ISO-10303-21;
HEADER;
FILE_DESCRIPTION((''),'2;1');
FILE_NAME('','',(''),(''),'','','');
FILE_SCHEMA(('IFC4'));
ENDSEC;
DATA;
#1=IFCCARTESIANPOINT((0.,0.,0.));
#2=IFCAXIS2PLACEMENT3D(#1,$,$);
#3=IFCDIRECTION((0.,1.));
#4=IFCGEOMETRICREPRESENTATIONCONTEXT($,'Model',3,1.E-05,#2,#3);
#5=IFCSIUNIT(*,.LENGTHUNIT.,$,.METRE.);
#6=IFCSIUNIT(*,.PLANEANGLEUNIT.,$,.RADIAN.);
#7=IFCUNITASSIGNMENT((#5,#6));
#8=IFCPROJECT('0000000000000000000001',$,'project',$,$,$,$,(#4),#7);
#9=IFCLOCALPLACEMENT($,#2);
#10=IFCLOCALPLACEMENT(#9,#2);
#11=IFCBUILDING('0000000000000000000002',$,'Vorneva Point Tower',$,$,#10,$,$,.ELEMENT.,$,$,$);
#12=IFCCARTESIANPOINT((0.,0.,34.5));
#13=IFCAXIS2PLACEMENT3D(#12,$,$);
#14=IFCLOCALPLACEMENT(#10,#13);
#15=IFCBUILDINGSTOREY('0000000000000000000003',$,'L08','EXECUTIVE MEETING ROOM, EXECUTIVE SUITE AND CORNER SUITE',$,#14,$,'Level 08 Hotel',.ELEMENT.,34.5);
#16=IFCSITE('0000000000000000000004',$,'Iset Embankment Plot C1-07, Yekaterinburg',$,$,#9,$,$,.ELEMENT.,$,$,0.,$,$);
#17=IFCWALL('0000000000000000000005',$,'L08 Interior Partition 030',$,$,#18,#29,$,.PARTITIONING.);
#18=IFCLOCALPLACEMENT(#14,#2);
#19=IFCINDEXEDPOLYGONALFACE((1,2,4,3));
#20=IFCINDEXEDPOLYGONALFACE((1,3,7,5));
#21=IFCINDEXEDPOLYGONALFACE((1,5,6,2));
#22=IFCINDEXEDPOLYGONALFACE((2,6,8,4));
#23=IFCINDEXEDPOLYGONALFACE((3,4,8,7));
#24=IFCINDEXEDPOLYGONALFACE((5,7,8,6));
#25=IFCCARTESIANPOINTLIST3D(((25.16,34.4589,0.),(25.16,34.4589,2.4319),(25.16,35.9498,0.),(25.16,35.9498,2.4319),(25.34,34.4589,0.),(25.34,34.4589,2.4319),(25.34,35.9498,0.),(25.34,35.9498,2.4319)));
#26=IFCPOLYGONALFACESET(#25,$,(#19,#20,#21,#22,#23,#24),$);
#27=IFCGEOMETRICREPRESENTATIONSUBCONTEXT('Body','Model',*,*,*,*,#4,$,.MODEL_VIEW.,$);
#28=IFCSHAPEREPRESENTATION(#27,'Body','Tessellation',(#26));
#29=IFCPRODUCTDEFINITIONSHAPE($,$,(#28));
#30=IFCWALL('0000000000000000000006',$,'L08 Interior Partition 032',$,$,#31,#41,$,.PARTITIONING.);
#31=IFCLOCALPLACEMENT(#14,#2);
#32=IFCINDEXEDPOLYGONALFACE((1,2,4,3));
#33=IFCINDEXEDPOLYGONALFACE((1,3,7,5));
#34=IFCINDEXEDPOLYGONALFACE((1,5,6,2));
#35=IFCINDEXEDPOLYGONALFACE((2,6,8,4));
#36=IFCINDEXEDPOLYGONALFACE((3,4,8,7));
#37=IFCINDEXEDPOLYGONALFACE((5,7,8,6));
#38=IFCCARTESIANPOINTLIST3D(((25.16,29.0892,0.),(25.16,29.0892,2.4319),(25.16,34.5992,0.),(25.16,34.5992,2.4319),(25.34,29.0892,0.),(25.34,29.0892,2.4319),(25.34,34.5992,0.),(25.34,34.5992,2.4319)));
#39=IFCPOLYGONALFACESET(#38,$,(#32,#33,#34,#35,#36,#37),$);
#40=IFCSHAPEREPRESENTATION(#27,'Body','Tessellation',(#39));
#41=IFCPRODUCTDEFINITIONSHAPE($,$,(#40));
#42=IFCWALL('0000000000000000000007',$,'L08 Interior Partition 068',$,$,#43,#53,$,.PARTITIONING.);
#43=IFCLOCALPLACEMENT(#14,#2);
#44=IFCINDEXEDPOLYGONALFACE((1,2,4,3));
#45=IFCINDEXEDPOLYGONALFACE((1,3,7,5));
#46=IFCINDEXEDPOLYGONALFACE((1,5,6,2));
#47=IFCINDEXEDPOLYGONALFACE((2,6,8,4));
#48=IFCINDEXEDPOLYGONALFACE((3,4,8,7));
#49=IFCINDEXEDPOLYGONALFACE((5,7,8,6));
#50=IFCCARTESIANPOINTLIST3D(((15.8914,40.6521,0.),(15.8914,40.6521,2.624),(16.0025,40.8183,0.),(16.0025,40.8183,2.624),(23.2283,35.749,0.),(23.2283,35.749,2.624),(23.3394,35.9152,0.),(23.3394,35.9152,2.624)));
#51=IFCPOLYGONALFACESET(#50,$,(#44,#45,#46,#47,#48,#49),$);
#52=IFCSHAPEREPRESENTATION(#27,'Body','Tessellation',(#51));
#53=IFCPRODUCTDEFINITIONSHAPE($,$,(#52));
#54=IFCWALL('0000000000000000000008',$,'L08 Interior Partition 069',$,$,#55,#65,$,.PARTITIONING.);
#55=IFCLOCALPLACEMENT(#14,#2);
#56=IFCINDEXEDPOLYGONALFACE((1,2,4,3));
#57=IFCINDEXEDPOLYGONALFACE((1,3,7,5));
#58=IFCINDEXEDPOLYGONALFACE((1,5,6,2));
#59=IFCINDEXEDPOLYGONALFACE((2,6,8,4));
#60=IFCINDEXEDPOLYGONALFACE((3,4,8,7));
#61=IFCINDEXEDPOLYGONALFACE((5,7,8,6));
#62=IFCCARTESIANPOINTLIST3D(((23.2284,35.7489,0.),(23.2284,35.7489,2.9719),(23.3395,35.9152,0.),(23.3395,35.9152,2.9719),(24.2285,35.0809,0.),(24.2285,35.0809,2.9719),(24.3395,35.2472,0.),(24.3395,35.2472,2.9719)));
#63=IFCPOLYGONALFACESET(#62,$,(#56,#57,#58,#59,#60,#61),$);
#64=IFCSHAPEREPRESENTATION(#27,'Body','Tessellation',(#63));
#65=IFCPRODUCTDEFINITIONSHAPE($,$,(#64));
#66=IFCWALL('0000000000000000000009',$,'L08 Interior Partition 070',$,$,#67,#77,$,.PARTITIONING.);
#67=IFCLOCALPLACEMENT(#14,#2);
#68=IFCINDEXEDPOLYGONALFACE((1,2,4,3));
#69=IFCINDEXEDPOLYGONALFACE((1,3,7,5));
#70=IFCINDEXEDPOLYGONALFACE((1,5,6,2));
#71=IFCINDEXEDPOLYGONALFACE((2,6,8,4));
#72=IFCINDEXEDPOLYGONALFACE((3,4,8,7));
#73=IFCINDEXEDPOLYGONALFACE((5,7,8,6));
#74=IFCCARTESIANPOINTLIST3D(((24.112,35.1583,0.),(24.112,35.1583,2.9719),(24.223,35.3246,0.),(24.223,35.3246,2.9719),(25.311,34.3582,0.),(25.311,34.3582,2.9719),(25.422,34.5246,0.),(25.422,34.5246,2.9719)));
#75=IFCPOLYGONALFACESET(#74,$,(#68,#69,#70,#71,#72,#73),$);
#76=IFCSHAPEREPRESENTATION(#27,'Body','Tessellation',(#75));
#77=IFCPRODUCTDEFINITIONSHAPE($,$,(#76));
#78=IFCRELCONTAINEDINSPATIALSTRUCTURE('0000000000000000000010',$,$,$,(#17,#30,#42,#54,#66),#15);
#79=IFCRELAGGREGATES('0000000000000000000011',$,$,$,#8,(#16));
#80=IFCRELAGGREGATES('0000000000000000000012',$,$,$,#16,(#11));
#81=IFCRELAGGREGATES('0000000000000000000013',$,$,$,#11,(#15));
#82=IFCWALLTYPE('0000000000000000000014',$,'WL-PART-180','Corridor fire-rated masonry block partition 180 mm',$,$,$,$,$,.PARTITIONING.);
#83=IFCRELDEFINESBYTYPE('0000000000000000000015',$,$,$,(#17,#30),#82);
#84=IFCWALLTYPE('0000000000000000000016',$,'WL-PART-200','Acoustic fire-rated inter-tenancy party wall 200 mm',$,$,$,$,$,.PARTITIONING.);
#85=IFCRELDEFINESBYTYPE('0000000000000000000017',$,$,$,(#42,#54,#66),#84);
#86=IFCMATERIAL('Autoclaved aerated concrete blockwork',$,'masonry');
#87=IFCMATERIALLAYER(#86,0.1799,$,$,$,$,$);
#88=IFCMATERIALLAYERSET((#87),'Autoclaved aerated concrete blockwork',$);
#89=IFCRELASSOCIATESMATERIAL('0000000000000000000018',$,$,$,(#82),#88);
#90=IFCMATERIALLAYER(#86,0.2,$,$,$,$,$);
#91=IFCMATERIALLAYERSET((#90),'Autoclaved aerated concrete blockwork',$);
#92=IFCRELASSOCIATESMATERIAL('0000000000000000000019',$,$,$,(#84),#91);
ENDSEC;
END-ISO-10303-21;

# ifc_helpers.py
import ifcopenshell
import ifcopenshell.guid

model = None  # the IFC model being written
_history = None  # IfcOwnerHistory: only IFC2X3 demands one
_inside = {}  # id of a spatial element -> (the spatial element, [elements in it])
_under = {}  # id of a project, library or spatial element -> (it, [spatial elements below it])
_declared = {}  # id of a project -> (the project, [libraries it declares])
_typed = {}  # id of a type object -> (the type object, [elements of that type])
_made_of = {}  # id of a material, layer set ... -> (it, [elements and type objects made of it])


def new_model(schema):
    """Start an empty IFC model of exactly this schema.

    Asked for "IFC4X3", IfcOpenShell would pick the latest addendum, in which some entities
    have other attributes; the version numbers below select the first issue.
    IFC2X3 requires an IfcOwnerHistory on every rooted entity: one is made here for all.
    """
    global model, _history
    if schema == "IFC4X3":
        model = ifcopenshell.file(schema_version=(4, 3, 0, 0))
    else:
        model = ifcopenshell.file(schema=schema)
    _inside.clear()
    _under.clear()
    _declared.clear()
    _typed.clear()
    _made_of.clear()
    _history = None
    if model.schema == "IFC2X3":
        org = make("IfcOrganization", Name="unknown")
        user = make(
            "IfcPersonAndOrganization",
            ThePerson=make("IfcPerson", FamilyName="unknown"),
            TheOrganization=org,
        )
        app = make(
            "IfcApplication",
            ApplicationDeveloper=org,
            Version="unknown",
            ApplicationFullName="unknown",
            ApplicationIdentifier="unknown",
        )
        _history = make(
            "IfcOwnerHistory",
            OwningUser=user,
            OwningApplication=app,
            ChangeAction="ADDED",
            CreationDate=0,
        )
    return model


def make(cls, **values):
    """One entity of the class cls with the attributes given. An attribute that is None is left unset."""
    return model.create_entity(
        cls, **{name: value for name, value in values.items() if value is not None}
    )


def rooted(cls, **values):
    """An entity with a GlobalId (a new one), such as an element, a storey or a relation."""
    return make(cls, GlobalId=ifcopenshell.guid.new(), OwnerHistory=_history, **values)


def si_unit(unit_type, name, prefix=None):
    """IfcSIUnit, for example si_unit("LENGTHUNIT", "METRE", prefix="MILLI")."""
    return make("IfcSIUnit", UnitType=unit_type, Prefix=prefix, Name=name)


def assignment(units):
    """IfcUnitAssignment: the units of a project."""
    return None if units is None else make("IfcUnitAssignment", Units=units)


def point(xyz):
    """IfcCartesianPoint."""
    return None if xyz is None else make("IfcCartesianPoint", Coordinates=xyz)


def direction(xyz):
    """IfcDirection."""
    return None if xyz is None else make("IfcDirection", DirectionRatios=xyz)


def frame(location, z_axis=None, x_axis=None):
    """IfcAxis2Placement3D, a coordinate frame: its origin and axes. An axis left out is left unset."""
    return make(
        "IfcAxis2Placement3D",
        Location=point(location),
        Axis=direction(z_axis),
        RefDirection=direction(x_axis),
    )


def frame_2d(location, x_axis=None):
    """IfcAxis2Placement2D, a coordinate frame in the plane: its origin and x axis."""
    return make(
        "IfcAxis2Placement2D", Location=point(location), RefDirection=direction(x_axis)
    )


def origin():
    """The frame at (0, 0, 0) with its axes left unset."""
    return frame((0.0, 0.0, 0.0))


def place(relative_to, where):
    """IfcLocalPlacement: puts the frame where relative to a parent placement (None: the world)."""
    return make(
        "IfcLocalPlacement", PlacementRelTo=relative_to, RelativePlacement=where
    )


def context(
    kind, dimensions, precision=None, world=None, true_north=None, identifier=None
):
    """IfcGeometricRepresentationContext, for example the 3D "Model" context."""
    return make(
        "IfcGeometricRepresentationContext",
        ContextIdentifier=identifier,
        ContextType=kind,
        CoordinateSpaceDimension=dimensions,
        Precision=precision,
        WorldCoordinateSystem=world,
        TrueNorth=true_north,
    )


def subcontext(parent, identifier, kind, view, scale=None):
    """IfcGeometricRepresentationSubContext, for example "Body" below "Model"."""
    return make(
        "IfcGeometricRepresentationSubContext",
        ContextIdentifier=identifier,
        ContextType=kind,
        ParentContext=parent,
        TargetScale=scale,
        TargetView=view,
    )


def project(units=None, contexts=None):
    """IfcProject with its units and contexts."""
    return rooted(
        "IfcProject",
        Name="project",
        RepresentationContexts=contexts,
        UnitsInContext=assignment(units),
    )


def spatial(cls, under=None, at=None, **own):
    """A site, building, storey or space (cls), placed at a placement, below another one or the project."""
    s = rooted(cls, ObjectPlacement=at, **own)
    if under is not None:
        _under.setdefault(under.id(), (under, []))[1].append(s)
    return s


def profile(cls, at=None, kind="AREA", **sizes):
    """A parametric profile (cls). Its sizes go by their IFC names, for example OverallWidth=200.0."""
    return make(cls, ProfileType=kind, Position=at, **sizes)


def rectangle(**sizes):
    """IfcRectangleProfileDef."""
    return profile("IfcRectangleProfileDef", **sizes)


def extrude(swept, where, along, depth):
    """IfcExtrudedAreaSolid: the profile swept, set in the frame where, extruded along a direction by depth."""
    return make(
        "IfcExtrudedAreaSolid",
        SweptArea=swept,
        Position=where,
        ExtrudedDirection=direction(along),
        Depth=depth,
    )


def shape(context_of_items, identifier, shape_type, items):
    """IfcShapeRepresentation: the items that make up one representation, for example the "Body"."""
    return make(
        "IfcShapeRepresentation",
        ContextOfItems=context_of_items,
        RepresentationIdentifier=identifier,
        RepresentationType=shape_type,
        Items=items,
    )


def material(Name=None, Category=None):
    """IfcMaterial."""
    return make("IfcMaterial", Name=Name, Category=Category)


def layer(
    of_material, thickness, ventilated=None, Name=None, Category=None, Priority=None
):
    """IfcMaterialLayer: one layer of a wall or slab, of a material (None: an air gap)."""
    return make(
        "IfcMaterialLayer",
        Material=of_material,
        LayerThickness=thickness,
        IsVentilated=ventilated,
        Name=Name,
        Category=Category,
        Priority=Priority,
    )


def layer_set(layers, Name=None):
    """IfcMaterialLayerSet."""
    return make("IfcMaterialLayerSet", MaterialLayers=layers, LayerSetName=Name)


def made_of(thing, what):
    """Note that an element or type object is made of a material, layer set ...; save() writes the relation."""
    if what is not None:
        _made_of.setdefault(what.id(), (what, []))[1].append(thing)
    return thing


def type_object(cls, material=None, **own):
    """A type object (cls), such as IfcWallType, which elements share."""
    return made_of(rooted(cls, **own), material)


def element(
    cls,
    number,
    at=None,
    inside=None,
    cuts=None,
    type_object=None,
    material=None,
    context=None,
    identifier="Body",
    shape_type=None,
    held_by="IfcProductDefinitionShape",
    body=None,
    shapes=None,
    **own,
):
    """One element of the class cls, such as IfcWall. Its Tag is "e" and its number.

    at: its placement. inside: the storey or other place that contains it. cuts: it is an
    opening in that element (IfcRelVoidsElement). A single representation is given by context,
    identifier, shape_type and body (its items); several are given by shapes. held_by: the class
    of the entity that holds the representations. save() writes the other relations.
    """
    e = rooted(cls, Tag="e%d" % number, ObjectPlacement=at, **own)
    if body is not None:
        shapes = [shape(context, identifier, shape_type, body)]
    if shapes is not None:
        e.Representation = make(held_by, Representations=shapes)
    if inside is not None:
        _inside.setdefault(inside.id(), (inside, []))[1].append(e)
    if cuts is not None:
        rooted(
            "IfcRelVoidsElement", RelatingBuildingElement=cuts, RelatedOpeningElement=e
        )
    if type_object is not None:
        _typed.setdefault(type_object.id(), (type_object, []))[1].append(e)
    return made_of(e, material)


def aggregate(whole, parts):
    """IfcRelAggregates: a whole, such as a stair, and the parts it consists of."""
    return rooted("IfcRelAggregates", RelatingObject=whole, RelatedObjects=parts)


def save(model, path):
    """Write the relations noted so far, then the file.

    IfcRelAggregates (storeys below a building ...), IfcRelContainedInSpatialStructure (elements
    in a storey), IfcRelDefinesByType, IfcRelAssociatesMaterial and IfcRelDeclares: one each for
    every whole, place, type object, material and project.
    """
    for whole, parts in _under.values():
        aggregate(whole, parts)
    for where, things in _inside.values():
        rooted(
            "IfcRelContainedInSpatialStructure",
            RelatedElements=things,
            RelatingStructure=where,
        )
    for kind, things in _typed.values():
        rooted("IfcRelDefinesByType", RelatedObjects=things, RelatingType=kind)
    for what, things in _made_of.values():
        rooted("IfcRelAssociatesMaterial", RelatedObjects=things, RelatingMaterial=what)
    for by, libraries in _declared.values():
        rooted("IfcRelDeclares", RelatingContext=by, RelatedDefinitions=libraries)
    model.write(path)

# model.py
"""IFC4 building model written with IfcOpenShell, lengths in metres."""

from ifc_helpers import new_model, si_unit, direction, frame, frame_2d, origin, place, context, subcontext, project, spatial, rectangle, extrude, material, layer, layer_set, type_object, element, save


model = new_model("IFC4")

# Units and contexts
model_context = context("Model", 3, precision=1e-05, world=origin(), true_north=direction((0.0, 1.0)))
body_context = subcontext(model_context, "Body", "Model", "MODEL_VIEW")
ifc_project = project(units=[si_unit("LENGTHUNIT", "METRE"), si_unit("PLANEANGLEUNIT", "RADIAN")], contexts=[model_context])

# Site, building, storey
site_placement = place(None, origin())
site = spatial("IfcSite", under=ifc_project, at=site_placement, Name="Iset Embankment Plot C1-07, Yekaterinburg", CompositionType="ELEMENT", RefElevation=0.0)
building_placement = place(site_placement, origin())
building = spatial("IfcBuilding", under=site, at=building_placement, Name="Vorneva Point Tower", CompositionType="ELEMENT")
storey_placement = place(building_placement, frame((0.0, 0.0, 34.5)))
storey = spatial("IfcBuildingStorey", under=building, at=storey_placement, Name="L08", Description="EXECUTIVE MEETING ROOM, EXECUTIVE SUITE AND CORNER SUITE", LongName="Level 08 Hotel", CompositionType="ELEMENT", Elevation=34.5)

# Walls
ifc_material_1 = material(Name="Autoclaved aerated concrete blockwork", Category="masonry")
ifc_layer_1 = layer(ifc_material_1, 0.1799)
ifc_layer_set_1 = layer_set([ifc_layer_1], Name="Autoclaved aerated concrete blockwork")
wall_type_1 = type_object("IfcWallType", Name="WL-PART-180", Description="Corridor fire-rated masonry block partition 180 mm", PredefinedType="PARTITIONING", material=ifc_layer_set_1)
wall_1_placement = place(storey_placement, frame((25.25, 35.95, 0.0), z_axis=(0.0, 0.0, 1.0), x_axis=(0.0, -1.0, 0.0)))
element("IfcWall", 1, at=wall_1_placement, inside=storey, type_object=wall_type_1, Name="L08 Interior Partition 030", PredefinedType="PARTITIONING", context=body_context, shape_type="SweptSolid", body=[
    extrude(rectangle(XDim=1.491, YDim=0.1799, at=frame_2d((0.7456, 0.0))), origin(), (0.0, 0.0, 1.0), 2.4319),
])
wall_2_placement = place(storey_placement, frame((25.25, 34.5991, 0.0), z_axis=(0.0, 0.0, 1.0), x_axis=(0.0, -1.0, 0.0)))
element("IfcWall", 2, at=wall_2_placement, inside=storey, type_object=wall_type_1, Name="L08 Interior Partition 032", PredefinedType="PARTITIONING", context=body_context, shape_type="SweptSolid", body=[
    extrude(rectangle(XDim=5.51, YDim=0.1799, at=frame_2d((2.7549, 0.0))), origin(), (0.0, 0.0, 1.0), 2.4319),
])
ifc_layer_2 = layer(ifc_material_1, 0.2)
ifc_layer_set_2 = layer_set([ifc_layer_2], Name="Autoclaved aerated concrete blockwork")
wall_type_2 = type_object("IfcWallType", Name="WL-PART-200", Description="Acoustic fire-rated inter-tenancy party wall 200 mm", PredefinedType="PARTITIONING", material=ifc_layer_set_2)
wall_3_placement = place(storey_placement, frame((15.947, 40.7351, 0.0), z_axis=(0.0, 0.0, 1.0), x_axis=(0.831433, -0.555626, 0.0)))
element("IfcWall", 3, at=wall_3_placement, inside=storey, type_object=wall_type_2, Name="L08 Interior Partition 068", PredefinedType="PARTITIONING", context=body_context, shape_type="SweptSolid", body=[
    extrude(rectangle(XDim=8.8245, YDim=0.2, at=frame_2d((4.4121, 0.0))), origin(), (0.0, 0.0, 1.0), 2.624),
])
wall_4_placement = place(storey_placement, frame((23.2839, 35.832, 0.0), z_axis=(0.0, 0.0, 1.0), x_axis=(0.83155, -0.55545, 0.0)))
element("IfcWall", 4, at=wall_4_placement, inside=storey, type_object=wall_type_2, Name="L08 Interior Partition 069", PredefinedType="PARTITIONING", context=body_context, shape_type="SweptSolid", body=[
    extrude(rectangle(XDim=1.2026, YDim=0.2, at=frame_2d((0.6013, 0.0))), origin(), (0.0, 0.0, 1.0), 2.9719),
])
wall_5_placement = place(storey_placement, frame((24.1675, 35.2415, 0.0), z_axis=(0.0, 0.0, 1.0), x_axis=(0.831816, -0.555052, 0.0)))
element("IfcWall", 5, at=wall_5_placement, inside=storey, type_object=wall_type_2, Name="L08 Interior Partition 070", PredefinedType="PARTITIONING", context=body_context, shape_type="SweptSolid", body=[
    extrude(rectangle(XDim=1.4414, YDim=0.2, at=frame_2d((0.7207, 0.0))), origin(), (0.0, 0.0, 1.0), 2.9719),
])

save(model, "model.ifc")
